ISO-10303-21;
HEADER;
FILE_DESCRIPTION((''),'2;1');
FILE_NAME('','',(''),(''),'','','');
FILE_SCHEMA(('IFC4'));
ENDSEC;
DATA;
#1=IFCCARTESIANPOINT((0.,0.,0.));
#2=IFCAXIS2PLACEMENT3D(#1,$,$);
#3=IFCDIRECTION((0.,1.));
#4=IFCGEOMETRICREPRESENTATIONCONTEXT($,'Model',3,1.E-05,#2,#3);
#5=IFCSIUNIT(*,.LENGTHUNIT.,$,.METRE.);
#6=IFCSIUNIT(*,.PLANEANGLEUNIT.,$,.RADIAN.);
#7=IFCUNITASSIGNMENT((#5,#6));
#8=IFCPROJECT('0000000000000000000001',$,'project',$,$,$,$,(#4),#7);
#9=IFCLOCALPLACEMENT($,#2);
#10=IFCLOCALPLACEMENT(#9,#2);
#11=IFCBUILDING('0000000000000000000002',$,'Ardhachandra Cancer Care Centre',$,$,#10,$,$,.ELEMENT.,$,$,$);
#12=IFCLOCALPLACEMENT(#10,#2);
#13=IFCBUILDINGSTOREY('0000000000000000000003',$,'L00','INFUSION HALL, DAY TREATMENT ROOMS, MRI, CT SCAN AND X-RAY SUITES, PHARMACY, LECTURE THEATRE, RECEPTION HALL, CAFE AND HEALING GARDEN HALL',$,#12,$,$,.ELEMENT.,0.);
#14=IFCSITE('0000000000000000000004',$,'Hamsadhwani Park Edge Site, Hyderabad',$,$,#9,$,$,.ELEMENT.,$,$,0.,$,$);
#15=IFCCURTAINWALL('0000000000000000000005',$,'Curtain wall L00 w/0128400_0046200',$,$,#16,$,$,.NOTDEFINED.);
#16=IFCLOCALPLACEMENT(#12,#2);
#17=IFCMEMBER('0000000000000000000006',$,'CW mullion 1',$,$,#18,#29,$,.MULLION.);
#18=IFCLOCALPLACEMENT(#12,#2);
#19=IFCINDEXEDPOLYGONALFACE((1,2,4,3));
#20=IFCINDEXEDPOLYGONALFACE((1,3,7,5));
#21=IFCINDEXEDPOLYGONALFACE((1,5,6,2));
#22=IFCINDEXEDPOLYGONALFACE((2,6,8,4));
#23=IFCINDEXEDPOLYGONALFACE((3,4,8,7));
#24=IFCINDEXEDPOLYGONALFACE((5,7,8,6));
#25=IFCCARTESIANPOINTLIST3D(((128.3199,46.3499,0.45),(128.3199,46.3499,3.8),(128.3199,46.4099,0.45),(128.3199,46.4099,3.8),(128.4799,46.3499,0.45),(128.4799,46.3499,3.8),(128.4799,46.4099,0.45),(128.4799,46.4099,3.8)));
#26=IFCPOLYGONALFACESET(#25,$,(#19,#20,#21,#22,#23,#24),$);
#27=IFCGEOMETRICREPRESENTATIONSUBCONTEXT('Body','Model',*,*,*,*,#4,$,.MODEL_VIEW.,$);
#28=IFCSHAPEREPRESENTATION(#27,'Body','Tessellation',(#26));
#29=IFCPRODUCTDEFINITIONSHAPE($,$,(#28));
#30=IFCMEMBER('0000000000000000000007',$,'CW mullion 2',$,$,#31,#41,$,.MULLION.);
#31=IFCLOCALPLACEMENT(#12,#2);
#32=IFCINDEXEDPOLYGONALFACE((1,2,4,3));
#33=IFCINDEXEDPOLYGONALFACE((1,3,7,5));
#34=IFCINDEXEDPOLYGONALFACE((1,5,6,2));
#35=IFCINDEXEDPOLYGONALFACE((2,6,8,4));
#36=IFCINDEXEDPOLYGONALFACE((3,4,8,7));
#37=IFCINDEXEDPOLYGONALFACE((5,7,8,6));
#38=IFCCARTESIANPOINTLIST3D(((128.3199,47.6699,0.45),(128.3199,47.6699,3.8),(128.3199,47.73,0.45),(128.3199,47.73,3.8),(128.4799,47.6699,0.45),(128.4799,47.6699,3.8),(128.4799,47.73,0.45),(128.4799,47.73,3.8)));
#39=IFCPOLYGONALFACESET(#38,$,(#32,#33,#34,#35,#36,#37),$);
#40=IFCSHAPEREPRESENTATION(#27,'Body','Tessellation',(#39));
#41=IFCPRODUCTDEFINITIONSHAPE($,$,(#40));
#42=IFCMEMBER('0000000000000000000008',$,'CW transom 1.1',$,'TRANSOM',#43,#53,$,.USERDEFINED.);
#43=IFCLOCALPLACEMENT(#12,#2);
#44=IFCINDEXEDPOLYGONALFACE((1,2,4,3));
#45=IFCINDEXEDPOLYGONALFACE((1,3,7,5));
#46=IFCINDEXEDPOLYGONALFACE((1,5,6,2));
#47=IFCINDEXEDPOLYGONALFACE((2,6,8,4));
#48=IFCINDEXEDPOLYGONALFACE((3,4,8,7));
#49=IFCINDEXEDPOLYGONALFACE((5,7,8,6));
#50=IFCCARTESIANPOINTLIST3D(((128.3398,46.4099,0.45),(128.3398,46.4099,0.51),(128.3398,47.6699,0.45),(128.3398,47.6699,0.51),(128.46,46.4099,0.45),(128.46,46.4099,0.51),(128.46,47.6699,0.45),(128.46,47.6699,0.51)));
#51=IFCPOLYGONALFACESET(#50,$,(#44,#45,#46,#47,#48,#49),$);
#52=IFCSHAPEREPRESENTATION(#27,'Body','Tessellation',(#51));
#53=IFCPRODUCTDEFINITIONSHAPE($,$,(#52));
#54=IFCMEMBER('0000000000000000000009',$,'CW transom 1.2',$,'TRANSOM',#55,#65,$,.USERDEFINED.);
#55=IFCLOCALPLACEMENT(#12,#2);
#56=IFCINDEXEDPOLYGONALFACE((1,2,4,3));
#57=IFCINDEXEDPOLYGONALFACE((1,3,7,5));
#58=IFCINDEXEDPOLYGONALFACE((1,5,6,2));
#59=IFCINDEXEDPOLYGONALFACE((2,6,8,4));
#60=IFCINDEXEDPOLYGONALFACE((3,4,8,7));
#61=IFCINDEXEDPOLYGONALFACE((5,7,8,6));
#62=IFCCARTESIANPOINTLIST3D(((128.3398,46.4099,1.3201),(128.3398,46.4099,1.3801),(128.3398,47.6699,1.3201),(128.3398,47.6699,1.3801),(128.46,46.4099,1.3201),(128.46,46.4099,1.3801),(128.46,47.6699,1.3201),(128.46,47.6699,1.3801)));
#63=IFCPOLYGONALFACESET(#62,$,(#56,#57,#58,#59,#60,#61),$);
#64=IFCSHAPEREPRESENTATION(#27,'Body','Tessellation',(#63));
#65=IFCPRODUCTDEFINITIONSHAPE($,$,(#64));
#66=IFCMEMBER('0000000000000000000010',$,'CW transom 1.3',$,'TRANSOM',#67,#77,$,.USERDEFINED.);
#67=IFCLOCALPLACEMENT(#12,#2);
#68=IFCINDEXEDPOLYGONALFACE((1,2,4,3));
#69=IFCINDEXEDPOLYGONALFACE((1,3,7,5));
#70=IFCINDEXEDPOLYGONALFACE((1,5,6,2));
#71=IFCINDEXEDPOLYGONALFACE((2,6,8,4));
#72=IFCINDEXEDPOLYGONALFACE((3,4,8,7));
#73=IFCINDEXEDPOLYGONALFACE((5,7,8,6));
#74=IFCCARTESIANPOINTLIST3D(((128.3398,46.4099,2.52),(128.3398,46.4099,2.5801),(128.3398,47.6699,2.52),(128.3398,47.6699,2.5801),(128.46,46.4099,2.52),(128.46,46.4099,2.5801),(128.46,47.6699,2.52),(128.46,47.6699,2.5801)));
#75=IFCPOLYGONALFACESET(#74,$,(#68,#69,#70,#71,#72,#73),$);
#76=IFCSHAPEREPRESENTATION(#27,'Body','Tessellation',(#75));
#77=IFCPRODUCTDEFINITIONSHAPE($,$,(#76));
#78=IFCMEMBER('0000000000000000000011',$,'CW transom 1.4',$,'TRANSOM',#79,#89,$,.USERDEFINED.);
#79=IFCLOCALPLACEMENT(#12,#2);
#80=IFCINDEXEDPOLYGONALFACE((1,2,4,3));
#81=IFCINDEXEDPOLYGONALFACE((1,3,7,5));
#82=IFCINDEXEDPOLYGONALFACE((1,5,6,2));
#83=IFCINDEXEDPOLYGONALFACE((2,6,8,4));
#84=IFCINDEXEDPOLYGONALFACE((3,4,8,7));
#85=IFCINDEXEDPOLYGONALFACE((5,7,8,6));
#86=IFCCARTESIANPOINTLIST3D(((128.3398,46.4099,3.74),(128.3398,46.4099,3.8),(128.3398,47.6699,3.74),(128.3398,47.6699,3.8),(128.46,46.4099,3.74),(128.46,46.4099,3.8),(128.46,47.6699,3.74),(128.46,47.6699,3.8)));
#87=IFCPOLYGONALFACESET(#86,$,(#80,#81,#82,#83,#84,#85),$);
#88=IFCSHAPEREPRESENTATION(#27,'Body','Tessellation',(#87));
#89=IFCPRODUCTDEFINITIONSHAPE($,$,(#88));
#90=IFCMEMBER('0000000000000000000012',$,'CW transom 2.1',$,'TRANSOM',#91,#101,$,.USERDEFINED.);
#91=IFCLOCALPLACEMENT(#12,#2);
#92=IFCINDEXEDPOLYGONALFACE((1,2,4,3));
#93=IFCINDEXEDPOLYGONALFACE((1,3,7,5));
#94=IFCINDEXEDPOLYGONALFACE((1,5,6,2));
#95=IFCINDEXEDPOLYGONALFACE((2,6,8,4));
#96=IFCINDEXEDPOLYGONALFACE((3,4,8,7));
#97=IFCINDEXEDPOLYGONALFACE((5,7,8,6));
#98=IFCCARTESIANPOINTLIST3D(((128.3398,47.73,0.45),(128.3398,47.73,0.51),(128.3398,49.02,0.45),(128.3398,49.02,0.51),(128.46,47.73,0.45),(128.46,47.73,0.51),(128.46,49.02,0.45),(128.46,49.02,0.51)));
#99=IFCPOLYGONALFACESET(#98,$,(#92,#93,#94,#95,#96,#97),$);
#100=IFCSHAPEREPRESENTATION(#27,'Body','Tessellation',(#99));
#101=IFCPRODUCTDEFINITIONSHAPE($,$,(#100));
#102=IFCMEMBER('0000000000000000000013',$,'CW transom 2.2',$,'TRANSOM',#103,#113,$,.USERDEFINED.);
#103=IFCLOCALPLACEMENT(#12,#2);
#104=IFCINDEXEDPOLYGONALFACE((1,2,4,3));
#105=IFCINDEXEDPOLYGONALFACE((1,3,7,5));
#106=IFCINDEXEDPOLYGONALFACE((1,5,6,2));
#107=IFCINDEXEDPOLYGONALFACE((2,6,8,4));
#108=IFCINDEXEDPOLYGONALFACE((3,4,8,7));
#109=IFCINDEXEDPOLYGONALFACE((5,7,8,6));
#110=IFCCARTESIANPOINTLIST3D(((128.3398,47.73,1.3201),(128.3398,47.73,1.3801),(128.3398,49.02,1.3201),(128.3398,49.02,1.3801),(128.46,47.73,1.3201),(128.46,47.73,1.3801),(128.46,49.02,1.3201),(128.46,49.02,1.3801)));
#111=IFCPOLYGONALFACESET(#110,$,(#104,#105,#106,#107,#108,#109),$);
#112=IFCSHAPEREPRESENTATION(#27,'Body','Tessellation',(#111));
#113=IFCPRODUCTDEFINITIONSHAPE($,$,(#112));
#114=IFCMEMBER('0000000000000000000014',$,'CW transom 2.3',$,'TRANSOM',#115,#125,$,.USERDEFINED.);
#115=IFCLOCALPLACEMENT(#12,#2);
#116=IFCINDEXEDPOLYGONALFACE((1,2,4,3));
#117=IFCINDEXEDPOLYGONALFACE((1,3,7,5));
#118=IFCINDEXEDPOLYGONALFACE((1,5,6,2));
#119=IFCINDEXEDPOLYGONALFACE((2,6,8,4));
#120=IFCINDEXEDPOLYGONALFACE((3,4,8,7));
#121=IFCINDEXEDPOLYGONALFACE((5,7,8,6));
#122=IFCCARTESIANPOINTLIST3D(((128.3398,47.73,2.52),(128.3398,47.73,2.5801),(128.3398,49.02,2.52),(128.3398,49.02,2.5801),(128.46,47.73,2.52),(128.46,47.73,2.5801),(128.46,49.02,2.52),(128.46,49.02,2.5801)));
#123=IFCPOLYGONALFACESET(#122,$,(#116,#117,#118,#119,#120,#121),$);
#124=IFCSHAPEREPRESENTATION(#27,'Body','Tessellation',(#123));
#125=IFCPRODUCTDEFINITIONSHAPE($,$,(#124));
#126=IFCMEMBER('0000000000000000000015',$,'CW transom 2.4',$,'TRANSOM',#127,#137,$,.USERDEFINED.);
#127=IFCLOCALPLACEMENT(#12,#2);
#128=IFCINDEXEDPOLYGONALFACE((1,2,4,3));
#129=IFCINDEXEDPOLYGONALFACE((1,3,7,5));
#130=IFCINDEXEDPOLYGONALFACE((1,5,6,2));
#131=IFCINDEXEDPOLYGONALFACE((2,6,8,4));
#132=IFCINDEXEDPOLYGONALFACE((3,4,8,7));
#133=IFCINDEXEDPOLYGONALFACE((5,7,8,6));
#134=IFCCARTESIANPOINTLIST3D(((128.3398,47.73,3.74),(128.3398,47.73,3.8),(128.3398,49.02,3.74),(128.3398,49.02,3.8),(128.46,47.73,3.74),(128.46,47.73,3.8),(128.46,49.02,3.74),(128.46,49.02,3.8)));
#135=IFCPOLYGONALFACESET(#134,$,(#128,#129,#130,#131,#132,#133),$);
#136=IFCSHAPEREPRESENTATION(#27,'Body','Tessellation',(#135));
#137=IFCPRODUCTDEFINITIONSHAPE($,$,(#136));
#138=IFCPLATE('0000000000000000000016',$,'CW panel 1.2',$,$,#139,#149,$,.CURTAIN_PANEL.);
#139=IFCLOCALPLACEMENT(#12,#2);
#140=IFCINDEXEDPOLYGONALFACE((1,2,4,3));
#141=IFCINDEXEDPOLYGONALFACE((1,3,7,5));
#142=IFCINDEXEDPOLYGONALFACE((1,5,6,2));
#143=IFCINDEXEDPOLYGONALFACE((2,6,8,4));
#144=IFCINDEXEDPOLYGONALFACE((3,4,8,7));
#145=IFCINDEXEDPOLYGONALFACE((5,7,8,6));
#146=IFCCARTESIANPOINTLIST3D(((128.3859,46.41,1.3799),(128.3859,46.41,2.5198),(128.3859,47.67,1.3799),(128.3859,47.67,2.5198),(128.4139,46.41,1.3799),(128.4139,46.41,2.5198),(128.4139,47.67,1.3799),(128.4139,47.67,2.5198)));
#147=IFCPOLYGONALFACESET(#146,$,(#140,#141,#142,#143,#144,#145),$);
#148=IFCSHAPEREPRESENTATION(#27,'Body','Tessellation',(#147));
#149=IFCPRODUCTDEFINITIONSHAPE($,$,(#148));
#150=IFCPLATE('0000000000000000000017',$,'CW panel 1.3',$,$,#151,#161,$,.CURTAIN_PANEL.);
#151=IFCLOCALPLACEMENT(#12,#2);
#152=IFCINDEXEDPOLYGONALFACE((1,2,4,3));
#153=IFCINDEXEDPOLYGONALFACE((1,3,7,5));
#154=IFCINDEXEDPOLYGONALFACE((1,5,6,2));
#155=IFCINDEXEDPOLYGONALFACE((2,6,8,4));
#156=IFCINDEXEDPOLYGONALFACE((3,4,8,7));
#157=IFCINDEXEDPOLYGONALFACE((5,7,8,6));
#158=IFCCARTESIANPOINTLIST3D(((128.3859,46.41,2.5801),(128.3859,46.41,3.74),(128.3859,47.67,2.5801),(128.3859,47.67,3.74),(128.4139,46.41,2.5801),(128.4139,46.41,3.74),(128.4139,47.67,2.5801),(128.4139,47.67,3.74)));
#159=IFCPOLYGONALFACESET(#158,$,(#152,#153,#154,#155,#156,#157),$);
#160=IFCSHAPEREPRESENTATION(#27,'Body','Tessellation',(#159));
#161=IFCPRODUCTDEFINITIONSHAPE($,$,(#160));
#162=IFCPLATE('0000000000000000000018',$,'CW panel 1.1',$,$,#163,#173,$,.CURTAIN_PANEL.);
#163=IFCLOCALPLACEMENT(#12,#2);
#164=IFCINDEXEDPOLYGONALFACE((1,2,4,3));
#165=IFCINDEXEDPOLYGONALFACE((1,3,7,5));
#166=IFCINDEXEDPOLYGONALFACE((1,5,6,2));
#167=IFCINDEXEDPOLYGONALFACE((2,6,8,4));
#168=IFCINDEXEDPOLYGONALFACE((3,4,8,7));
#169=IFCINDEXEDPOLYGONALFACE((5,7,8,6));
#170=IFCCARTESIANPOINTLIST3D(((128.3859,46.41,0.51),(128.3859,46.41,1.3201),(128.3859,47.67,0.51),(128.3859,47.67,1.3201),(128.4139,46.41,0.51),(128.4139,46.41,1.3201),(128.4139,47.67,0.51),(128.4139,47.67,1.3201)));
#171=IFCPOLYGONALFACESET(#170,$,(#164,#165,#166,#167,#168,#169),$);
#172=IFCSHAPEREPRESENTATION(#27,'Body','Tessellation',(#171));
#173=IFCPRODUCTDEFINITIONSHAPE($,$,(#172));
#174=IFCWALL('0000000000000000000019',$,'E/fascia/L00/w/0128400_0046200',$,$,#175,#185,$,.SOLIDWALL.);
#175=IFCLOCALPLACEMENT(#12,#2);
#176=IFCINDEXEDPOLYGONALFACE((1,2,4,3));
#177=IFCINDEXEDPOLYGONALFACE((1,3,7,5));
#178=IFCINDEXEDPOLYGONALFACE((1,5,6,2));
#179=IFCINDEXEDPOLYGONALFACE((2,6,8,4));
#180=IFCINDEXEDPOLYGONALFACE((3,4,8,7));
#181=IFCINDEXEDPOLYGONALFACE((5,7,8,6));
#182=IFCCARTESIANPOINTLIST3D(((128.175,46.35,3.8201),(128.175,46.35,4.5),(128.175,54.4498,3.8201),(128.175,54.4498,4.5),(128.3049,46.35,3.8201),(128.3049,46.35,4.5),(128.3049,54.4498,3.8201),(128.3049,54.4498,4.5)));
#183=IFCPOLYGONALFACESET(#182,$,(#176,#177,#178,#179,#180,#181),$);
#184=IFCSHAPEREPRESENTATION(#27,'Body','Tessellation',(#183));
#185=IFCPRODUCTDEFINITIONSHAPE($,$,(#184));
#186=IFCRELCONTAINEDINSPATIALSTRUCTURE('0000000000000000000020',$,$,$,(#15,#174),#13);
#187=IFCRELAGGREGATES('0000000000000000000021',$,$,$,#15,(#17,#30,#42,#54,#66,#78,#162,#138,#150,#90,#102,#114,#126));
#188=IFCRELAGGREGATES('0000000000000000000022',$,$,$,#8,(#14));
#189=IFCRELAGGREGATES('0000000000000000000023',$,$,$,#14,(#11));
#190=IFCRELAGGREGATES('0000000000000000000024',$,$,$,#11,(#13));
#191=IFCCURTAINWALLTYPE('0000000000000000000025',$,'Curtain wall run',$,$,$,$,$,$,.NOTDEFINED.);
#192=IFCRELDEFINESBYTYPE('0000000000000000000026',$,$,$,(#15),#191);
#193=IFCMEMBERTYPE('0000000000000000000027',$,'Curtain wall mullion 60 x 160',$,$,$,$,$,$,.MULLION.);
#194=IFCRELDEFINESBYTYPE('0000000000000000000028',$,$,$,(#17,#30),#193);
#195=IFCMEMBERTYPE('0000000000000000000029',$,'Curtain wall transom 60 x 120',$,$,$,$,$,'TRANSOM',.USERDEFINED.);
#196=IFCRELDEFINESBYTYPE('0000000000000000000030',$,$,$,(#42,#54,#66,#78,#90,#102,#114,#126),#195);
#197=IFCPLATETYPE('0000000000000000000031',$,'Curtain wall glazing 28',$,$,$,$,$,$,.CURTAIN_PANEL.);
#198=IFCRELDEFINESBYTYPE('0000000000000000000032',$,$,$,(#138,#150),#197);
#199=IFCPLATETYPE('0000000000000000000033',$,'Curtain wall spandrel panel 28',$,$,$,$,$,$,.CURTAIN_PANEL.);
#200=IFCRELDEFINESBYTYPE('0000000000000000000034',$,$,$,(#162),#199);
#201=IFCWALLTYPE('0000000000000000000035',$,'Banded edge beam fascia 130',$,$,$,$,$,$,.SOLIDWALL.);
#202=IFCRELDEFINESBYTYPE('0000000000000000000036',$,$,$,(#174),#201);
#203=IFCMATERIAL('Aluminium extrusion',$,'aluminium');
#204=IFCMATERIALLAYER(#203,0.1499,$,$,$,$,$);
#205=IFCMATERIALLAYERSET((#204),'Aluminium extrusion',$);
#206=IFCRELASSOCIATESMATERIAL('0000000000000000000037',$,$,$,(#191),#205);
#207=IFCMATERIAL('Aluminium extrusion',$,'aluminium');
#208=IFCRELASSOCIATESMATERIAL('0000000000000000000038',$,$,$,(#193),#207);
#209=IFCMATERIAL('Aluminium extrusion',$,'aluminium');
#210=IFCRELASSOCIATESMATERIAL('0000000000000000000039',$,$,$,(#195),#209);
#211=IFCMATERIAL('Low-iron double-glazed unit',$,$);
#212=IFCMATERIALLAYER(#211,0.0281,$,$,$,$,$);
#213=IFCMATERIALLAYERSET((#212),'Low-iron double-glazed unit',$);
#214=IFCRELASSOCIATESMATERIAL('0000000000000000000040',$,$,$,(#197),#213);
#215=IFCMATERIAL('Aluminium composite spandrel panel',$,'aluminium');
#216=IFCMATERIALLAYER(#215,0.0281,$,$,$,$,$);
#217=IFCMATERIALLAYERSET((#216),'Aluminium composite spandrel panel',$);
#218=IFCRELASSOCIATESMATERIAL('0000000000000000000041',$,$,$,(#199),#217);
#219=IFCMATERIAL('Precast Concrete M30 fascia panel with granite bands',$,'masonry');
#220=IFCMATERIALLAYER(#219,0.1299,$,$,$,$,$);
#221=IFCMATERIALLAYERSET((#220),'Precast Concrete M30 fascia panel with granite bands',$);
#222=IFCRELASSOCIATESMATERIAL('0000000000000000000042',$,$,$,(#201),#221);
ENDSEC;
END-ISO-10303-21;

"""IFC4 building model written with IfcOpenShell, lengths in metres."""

from ifc_helpers import new_model, si_unit, direction, frame, frame_2d, origin, origin_2d, place, context, subcontext, project, spatial, rectangle, extrude, material, layer, layer_set, material_profile, profile_set, type_object, element, aggregate, save


model = new_model("IFC4")

# Units and contexts
model_context = context("Model", 3, precision=1e-05, world=origin(), true_north=direction((0.0, 1.0)))
body_context = subcontext(model_context, "Body", "Model", "MODEL_VIEW")
ifc_project = project(units=[si_unit("LENGTHUNIT", "METRE"), si_unit("PLANEANGLEUNIT", "RADIAN")], contexts=[model_context])

# Site, building, storey
site_placement = place(None, origin())
site = spatial("IfcSite", under=ifc_project, at=site_placement, Name="Hamsadhwani Park Edge Site, Hyderabad", CompositionType="ELEMENT", RefElevation=0.0)
building_placement = place(site_placement, origin())
building = spatial("IfcBuilding", under=site, at=building_placement, Name="Ardhachandra Cancer Care Centre", CompositionType="ELEMENT")
storey_placement = place(building_placement, origin())
storey = spatial("IfcBuildingStorey", under=building, at=storey_placement, Name="L00", Description="INFUSION HALL, DAY TREATMENT ROOMS, MRI, CT SCAN AND X-RAY SUITES, PHARMACY, LECTURE THEATRE, RECEPTION HALL, CAFE AND HEALING GARDEN HALL", CompositionType="ELEMENT", Elevation=0.0)

# Curtain wall, members, plates
ifc_material_1 = material(Name="Aluminium extrusion", Category="aluminium")
ifc_layer_1 = layer(ifc_material_1, 0.1499)
ifc_layer_set_1 = layer_set([ifc_layer_1], Name="Aluminium extrusion")
curtain_wall_type = type_object("IfcCurtainWallType", Name="Curtain wall run", PredefinedType="NOTDEFINED", material=ifc_layer_set_1)
curtain_wall_placement = place(storey_placement, origin())
curtain_wall = element("IfcCurtainWall", 1, at=curtain_wall_placement, inside=storey, type_object=curtain_wall_type, Name="Curtain wall L00 w/0128400_0046200", PredefinedType="NOTDEFINED")
ifc_material_2 = material(Name="Aluminium extrusion", Category="aluminium")
ifc_material_profile_1 = material_profile(ifc_material_2, rectangle(XDim=0.1599, YDim=0.0601, at=origin_2d()), Name="Curtain wall mullion 60 x 160")
ifc_profile_set_1 = profile_set([ifc_material_profile_1], Name="Aluminium extrusion")
member_type_1 = type_object("IfcMemberType", Name="Curtain wall mullion 60 x 160", PredefinedType="MULLION", material=ifc_profile_set_1)
member_1_placement = place(storey_placement, frame((128.3999, 46.3799, 0.45), z_axis=(0.0, 0.0, 1.0), x_axis=(-1.0, 0.0, 0.0)))
member_1 = element("IfcMember", 2, at=member_1_placement, type_object=member_type_1, Name="CW mullion 1", PredefinedType="MULLION", context=body_context, shape_type="SweptSolid", body=[
    extrude(rectangle(XDim=0.1599, YDim=0.0601, at=origin_2d()), origin(), (0.0, 0.0, 1.0), 3.3501),
])
member_2_placement = place(storey_placement, frame((128.3999, 47.7, 0.45), z_axis=(0.0, 0.0, 1.0), x_axis=(-1.0, 0.0, 0.0)))
member_2 = element("IfcMember", 3, at=member_2_placement, type_object=member_type_1, Name="CW mullion 2", PredefinedType="MULLION", context=body_context, shape_type="SweptSolid", body=[
    extrude(rectangle(XDim=0.1599, YDim=0.0601, at=origin_2d()), origin(), (0.0, 0.0, 1.0), 3.3501),
])
ifc_material_3 = material(Name="Aluminium extrusion", Category="aluminium")
ifc_material_profile_2 = material_profile(ifc_material_3, rectangle(XDim=0.1201, YDim=0.0601, at=origin_2d()), Name="Curtain wall transom 60 x 120")
ifc_profile_set_2 = profile_set([ifc_material_profile_2], Name="Aluminium extrusion")
member_type_2 = type_object("IfcMemberType", Name="Curtain wall transom 60 x 120", ElementType="TRANSOM", PredefinedType="USERDEFINED", material=ifc_profile_set_2)
member_3_placement = place(storey_placement, frame((128.3999, 46.4099, 0.48), z_axis=(0.0, 1.0, 0.0), x_axis=(-1.0, 0.0, 0.0)))
member_3 = element("IfcMember", 4, at=member_3_placement, type_object=member_type_2, Name="CW transom 1.1", ObjectType="TRANSOM", PredefinedType="USERDEFINED", context=body_context, shape_type="SweptSolid", body=[
    extrude(rectangle(XDim=0.1201, YDim=0.0601, at=origin_2d()), origin(), (0.0, 0.0, 1.0), 1.26),
])
member_4_placement = place(storey_placement, frame((128.3999, 46.4099, 1.3501), z_axis=(0.0, 1.0, 0.0), x_axis=(-1.0, 0.0, 0.0)))
member_4 = element("IfcMember", 5, at=member_4_placement, type_object=member_type_2, Name="CW transom 1.2", ObjectType="TRANSOM", PredefinedType="USERDEFINED", context=body_context, shape_type="SweptSolid", body=[
    extrude(rectangle(XDim=0.1201, YDim=0.0601, at=origin_2d()), origin(), (0.0, 0.0, 1.0), 1.26),
])
member_5_placement = place(storey_placement, frame((128.3999, 46.4099, 2.55), z_axis=(0.0, 1.0, 0.0), x_axis=(-1.0, 0.0, 0.0)))
member_5 = element("IfcMember", 6, at=member_5_placement, type_object=member_type_2, Name="CW transom 1.3", ObjectType="TRANSOM", PredefinedType="USERDEFINED", context=body_context, shape_type="SweptSolid", body=[
    extrude(rectangle(XDim=0.1201, YDim=0.0601, at=origin_2d()), origin(), (0.0, 0.0, 1.0), 1.26),
])
member_6_placement = place(storey_placement, frame((128.3999, 46.4099, 3.77), z_axis=(0.0, 1.0, 0.0), x_axis=(-1.0, 0.0, 0.0)))
member_6 = element("IfcMember", 7, at=member_6_placement, type_object=member_type_2, Name="CW transom 1.4", ObjectType="TRANSOM", PredefinedType="USERDEFINED", context=body_context, shape_type="SweptSolid", body=[
    extrude(rectangle(XDim=0.1201, YDim=0.0601, at=origin_2d()), origin(), (0.0, 0.0, 1.0), 1.26),
])
member_7_placement = place(storey_placement, frame((128.3999, 47.73, 0.48), z_axis=(0.0, 1.0, 0.0), x_axis=(-1.0, 0.0, 0.0)))
member_7 = element("IfcMember", 8, at=member_7_placement, type_object=member_type_2, Name="CW transom 2.1", ObjectType="TRANSOM", PredefinedType="USERDEFINED", context=body_context, shape_type="SweptSolid", body=[
    extrude(rectangle(XDim=0.1201, YDim=0.0601, at=origin_2d()), origin(), (0.0, 0.0, 1.0), 1.29),
])
member_8_placement = place(storey_placement, frame((128.3999, 47.73, 1.3501), z_axis=(0.0, 1.0, 0.0), x_axis=(-1.0, 0.0, 0.0)))
member_8 = element("IfcMember", 9, at=member_8_placement, type_object=member_type_2, Name="CW transom 2.2", ObjectType="TRANSOM", PredefinedType="USERDEFINED", context=body_context, shape_type="SweptSolid", body=[
    extrude(rectangle(XDim=0.1201, YDim=0.0601, at=origin_2d()), origin(), (0.0, 0.0, 1.0), 1.29),
])
member_9_placement = place(storey_placement, frame((128.3999, 47.73, 2.55), z_axis=(0.0, 1.0, 0.0), x_axis=(-1.0, 0.0, 0.0)))
member_9 = element("IfcMember", 10, at=member_9_placement, type_object=member_type_2, Name="CW transom 2.3", ObjectType="TRANSOM", PredefinedType="USERDEFINED", context=body_context, shape_type="SweptSolid", body=[
    extrude(rectangle(XDim=0.1201, YDim=0.0601, at=origin_2d()), origin(), (0.0, 0.0, 1.0), 1.29),
])
member_10_placement = place(storey_placement, frame((128.3999, 47.73, 3.77), z_axis=(0.0, 1.0, 0.0), x_axis=(-1.0, 0.0, 0.0)))
member_10 = element("IfcMember", 11, at=member_10_placement, type_object=member_type_2, Name="CW transom 2.4", ObjectType="TRANSOM", PredefinedType="USERDEFINED", context=body_context, shape_type="SweptSolid", body=[
    extrude(rectangle(XDim=0.1201, YDim=0.0601, at=origin_2d()), origin(), (0.0, 0.0, 1.0), 1.29),
])
ifc_material_4 = material(Name="Low-iron double-glazed unit")
ifc_layer_2 = layer(ifc_material_4, 0.0281)
ifc_layer_set_2 = layer_set([ifc_layer_2], Name="Low-iron double-glazed unit")
plate_type_1 = type_object("IfcPlateType", Name="Curtain wall glazing 28", PredefinedType="CURTAIN_PANEL", material=ifc_layer_set_2)
plate_1_placement = place(storey_placement, frame((128.3999, 47.04, 1.3799), z_axis=(0.0, 0.0, 1.0), x_axis=(0.0, 1.0, 0.0)))
plate_1 = element("IfcPlate", 12, at=plate_1_placement, type_object=plate_type_1, Name="CW panel 1.2", PredefinedType="CURTAIN_PANEL", context=body_context, shape_type="SweptSolid", body=[
    extrude(rectangle(XDim=1.26, YDim=0.0281, at=origin_2d()), origin(), (0.0, 0.0, 1.0), 1.1399),
])
plate_2_placement = place(storey_placement, frame((128.3999, 47.04, 2.5801), z_axis=(0.0, 0.0, 1.0), x_axis=(0.0, 1.0, 0.0)))
plate_2 = element("IfcPlate", 13, at=plate_2_placement, type_object=plate_type_1, Name="CW panel 1.3", PredefinedType="CURTAIN_PANEL", context=body_context, shape_type="SweptSolid", body=[
    extrude(rectangle(XDim=1.26, YDim=0.0281, at=origin_2d()), origin(), (0.0, 0.0, 1.0), 1.1599),
])
ifc_material_5 = material(Name="Aluminium composite spandrel panel", Category="aluminium")
ifc_layer_3 = layer(ifc_material_5, 0.0281)
ifc_layer_set_3 = layer_set([ifc_layer_3], Name="Aluminium composite spandrel panel")
plate_type_2 = type_object("IfcPlateType", Name="Curtain wall spandrel panel 28", PredefinedType="CURTAIN_PANEL", material=ifc_layer_set_3)
plate_3_placement = place(storey_placement, frame((128.3999, 47.04, 0.51), z_axis=(0.0, 0.0, 1.0), x_axis=(0.0, 1.0, 0.0)))
plate_3 = element("IfcPlate", 14, at=plate_3_placement, type_object=plate_type_2, Name="CW panel 1.1", PredefinedType="CURTAIN_PANEL", context=body_context, shape_type="SweptSolid", body=[
    extrude(rectangle(XDim=1.26, YDim=0.0281, at=origin_2d()), origin(), (0.0, 0.0, 1.0), 0.8101),
])
aggregate(curtain_wall, [member_1, member_2, member_3, member_4, member_5, member_6, plate_3, plate_1, plate_2, member_7, member_8, member_9, member_10])

# Wall
ifc_material_6 = material(Name="Precast Concrete M30 fascia panel with granite bands", Category="masonry")
ifc_layer_4 = layer(ifc_material_6, 0.1299)
ifc_layer_set_4 = layer_set([ifc_layer_4], Name="Precast Concrete M30 fascia panel with granite bands")
wall_type_1 = type_object("IfcWallType", Name="Banded edge beam fascia 130", PredefinedType="SOLIDWALL", material=ifc_layer_set_4)
wall_1_placement = place(storey_placement, frame((128.24, 46.3501, 3.8201), z_axis=(0.0, 0.0, 1.0), x_axis=(0.0, 1.0, 0.0)))
element("IfcWall", 15, at=wall_1_placement, inside=storey, type_object=wall_type_1, Name="E/fascia/L00/w/0128400_0046200", PredefinedType="SOLIDWALL", context=body_context, shape_type="SweptSolid", body=[
    extrude(rectangle(XDim=8.0999, YDim=0.1299, at=frame_2d((4.0498, 0.0))), origin(), (0.0, 0.0, 1.0), 0.6799),
])

save(model, "model.ifc")
